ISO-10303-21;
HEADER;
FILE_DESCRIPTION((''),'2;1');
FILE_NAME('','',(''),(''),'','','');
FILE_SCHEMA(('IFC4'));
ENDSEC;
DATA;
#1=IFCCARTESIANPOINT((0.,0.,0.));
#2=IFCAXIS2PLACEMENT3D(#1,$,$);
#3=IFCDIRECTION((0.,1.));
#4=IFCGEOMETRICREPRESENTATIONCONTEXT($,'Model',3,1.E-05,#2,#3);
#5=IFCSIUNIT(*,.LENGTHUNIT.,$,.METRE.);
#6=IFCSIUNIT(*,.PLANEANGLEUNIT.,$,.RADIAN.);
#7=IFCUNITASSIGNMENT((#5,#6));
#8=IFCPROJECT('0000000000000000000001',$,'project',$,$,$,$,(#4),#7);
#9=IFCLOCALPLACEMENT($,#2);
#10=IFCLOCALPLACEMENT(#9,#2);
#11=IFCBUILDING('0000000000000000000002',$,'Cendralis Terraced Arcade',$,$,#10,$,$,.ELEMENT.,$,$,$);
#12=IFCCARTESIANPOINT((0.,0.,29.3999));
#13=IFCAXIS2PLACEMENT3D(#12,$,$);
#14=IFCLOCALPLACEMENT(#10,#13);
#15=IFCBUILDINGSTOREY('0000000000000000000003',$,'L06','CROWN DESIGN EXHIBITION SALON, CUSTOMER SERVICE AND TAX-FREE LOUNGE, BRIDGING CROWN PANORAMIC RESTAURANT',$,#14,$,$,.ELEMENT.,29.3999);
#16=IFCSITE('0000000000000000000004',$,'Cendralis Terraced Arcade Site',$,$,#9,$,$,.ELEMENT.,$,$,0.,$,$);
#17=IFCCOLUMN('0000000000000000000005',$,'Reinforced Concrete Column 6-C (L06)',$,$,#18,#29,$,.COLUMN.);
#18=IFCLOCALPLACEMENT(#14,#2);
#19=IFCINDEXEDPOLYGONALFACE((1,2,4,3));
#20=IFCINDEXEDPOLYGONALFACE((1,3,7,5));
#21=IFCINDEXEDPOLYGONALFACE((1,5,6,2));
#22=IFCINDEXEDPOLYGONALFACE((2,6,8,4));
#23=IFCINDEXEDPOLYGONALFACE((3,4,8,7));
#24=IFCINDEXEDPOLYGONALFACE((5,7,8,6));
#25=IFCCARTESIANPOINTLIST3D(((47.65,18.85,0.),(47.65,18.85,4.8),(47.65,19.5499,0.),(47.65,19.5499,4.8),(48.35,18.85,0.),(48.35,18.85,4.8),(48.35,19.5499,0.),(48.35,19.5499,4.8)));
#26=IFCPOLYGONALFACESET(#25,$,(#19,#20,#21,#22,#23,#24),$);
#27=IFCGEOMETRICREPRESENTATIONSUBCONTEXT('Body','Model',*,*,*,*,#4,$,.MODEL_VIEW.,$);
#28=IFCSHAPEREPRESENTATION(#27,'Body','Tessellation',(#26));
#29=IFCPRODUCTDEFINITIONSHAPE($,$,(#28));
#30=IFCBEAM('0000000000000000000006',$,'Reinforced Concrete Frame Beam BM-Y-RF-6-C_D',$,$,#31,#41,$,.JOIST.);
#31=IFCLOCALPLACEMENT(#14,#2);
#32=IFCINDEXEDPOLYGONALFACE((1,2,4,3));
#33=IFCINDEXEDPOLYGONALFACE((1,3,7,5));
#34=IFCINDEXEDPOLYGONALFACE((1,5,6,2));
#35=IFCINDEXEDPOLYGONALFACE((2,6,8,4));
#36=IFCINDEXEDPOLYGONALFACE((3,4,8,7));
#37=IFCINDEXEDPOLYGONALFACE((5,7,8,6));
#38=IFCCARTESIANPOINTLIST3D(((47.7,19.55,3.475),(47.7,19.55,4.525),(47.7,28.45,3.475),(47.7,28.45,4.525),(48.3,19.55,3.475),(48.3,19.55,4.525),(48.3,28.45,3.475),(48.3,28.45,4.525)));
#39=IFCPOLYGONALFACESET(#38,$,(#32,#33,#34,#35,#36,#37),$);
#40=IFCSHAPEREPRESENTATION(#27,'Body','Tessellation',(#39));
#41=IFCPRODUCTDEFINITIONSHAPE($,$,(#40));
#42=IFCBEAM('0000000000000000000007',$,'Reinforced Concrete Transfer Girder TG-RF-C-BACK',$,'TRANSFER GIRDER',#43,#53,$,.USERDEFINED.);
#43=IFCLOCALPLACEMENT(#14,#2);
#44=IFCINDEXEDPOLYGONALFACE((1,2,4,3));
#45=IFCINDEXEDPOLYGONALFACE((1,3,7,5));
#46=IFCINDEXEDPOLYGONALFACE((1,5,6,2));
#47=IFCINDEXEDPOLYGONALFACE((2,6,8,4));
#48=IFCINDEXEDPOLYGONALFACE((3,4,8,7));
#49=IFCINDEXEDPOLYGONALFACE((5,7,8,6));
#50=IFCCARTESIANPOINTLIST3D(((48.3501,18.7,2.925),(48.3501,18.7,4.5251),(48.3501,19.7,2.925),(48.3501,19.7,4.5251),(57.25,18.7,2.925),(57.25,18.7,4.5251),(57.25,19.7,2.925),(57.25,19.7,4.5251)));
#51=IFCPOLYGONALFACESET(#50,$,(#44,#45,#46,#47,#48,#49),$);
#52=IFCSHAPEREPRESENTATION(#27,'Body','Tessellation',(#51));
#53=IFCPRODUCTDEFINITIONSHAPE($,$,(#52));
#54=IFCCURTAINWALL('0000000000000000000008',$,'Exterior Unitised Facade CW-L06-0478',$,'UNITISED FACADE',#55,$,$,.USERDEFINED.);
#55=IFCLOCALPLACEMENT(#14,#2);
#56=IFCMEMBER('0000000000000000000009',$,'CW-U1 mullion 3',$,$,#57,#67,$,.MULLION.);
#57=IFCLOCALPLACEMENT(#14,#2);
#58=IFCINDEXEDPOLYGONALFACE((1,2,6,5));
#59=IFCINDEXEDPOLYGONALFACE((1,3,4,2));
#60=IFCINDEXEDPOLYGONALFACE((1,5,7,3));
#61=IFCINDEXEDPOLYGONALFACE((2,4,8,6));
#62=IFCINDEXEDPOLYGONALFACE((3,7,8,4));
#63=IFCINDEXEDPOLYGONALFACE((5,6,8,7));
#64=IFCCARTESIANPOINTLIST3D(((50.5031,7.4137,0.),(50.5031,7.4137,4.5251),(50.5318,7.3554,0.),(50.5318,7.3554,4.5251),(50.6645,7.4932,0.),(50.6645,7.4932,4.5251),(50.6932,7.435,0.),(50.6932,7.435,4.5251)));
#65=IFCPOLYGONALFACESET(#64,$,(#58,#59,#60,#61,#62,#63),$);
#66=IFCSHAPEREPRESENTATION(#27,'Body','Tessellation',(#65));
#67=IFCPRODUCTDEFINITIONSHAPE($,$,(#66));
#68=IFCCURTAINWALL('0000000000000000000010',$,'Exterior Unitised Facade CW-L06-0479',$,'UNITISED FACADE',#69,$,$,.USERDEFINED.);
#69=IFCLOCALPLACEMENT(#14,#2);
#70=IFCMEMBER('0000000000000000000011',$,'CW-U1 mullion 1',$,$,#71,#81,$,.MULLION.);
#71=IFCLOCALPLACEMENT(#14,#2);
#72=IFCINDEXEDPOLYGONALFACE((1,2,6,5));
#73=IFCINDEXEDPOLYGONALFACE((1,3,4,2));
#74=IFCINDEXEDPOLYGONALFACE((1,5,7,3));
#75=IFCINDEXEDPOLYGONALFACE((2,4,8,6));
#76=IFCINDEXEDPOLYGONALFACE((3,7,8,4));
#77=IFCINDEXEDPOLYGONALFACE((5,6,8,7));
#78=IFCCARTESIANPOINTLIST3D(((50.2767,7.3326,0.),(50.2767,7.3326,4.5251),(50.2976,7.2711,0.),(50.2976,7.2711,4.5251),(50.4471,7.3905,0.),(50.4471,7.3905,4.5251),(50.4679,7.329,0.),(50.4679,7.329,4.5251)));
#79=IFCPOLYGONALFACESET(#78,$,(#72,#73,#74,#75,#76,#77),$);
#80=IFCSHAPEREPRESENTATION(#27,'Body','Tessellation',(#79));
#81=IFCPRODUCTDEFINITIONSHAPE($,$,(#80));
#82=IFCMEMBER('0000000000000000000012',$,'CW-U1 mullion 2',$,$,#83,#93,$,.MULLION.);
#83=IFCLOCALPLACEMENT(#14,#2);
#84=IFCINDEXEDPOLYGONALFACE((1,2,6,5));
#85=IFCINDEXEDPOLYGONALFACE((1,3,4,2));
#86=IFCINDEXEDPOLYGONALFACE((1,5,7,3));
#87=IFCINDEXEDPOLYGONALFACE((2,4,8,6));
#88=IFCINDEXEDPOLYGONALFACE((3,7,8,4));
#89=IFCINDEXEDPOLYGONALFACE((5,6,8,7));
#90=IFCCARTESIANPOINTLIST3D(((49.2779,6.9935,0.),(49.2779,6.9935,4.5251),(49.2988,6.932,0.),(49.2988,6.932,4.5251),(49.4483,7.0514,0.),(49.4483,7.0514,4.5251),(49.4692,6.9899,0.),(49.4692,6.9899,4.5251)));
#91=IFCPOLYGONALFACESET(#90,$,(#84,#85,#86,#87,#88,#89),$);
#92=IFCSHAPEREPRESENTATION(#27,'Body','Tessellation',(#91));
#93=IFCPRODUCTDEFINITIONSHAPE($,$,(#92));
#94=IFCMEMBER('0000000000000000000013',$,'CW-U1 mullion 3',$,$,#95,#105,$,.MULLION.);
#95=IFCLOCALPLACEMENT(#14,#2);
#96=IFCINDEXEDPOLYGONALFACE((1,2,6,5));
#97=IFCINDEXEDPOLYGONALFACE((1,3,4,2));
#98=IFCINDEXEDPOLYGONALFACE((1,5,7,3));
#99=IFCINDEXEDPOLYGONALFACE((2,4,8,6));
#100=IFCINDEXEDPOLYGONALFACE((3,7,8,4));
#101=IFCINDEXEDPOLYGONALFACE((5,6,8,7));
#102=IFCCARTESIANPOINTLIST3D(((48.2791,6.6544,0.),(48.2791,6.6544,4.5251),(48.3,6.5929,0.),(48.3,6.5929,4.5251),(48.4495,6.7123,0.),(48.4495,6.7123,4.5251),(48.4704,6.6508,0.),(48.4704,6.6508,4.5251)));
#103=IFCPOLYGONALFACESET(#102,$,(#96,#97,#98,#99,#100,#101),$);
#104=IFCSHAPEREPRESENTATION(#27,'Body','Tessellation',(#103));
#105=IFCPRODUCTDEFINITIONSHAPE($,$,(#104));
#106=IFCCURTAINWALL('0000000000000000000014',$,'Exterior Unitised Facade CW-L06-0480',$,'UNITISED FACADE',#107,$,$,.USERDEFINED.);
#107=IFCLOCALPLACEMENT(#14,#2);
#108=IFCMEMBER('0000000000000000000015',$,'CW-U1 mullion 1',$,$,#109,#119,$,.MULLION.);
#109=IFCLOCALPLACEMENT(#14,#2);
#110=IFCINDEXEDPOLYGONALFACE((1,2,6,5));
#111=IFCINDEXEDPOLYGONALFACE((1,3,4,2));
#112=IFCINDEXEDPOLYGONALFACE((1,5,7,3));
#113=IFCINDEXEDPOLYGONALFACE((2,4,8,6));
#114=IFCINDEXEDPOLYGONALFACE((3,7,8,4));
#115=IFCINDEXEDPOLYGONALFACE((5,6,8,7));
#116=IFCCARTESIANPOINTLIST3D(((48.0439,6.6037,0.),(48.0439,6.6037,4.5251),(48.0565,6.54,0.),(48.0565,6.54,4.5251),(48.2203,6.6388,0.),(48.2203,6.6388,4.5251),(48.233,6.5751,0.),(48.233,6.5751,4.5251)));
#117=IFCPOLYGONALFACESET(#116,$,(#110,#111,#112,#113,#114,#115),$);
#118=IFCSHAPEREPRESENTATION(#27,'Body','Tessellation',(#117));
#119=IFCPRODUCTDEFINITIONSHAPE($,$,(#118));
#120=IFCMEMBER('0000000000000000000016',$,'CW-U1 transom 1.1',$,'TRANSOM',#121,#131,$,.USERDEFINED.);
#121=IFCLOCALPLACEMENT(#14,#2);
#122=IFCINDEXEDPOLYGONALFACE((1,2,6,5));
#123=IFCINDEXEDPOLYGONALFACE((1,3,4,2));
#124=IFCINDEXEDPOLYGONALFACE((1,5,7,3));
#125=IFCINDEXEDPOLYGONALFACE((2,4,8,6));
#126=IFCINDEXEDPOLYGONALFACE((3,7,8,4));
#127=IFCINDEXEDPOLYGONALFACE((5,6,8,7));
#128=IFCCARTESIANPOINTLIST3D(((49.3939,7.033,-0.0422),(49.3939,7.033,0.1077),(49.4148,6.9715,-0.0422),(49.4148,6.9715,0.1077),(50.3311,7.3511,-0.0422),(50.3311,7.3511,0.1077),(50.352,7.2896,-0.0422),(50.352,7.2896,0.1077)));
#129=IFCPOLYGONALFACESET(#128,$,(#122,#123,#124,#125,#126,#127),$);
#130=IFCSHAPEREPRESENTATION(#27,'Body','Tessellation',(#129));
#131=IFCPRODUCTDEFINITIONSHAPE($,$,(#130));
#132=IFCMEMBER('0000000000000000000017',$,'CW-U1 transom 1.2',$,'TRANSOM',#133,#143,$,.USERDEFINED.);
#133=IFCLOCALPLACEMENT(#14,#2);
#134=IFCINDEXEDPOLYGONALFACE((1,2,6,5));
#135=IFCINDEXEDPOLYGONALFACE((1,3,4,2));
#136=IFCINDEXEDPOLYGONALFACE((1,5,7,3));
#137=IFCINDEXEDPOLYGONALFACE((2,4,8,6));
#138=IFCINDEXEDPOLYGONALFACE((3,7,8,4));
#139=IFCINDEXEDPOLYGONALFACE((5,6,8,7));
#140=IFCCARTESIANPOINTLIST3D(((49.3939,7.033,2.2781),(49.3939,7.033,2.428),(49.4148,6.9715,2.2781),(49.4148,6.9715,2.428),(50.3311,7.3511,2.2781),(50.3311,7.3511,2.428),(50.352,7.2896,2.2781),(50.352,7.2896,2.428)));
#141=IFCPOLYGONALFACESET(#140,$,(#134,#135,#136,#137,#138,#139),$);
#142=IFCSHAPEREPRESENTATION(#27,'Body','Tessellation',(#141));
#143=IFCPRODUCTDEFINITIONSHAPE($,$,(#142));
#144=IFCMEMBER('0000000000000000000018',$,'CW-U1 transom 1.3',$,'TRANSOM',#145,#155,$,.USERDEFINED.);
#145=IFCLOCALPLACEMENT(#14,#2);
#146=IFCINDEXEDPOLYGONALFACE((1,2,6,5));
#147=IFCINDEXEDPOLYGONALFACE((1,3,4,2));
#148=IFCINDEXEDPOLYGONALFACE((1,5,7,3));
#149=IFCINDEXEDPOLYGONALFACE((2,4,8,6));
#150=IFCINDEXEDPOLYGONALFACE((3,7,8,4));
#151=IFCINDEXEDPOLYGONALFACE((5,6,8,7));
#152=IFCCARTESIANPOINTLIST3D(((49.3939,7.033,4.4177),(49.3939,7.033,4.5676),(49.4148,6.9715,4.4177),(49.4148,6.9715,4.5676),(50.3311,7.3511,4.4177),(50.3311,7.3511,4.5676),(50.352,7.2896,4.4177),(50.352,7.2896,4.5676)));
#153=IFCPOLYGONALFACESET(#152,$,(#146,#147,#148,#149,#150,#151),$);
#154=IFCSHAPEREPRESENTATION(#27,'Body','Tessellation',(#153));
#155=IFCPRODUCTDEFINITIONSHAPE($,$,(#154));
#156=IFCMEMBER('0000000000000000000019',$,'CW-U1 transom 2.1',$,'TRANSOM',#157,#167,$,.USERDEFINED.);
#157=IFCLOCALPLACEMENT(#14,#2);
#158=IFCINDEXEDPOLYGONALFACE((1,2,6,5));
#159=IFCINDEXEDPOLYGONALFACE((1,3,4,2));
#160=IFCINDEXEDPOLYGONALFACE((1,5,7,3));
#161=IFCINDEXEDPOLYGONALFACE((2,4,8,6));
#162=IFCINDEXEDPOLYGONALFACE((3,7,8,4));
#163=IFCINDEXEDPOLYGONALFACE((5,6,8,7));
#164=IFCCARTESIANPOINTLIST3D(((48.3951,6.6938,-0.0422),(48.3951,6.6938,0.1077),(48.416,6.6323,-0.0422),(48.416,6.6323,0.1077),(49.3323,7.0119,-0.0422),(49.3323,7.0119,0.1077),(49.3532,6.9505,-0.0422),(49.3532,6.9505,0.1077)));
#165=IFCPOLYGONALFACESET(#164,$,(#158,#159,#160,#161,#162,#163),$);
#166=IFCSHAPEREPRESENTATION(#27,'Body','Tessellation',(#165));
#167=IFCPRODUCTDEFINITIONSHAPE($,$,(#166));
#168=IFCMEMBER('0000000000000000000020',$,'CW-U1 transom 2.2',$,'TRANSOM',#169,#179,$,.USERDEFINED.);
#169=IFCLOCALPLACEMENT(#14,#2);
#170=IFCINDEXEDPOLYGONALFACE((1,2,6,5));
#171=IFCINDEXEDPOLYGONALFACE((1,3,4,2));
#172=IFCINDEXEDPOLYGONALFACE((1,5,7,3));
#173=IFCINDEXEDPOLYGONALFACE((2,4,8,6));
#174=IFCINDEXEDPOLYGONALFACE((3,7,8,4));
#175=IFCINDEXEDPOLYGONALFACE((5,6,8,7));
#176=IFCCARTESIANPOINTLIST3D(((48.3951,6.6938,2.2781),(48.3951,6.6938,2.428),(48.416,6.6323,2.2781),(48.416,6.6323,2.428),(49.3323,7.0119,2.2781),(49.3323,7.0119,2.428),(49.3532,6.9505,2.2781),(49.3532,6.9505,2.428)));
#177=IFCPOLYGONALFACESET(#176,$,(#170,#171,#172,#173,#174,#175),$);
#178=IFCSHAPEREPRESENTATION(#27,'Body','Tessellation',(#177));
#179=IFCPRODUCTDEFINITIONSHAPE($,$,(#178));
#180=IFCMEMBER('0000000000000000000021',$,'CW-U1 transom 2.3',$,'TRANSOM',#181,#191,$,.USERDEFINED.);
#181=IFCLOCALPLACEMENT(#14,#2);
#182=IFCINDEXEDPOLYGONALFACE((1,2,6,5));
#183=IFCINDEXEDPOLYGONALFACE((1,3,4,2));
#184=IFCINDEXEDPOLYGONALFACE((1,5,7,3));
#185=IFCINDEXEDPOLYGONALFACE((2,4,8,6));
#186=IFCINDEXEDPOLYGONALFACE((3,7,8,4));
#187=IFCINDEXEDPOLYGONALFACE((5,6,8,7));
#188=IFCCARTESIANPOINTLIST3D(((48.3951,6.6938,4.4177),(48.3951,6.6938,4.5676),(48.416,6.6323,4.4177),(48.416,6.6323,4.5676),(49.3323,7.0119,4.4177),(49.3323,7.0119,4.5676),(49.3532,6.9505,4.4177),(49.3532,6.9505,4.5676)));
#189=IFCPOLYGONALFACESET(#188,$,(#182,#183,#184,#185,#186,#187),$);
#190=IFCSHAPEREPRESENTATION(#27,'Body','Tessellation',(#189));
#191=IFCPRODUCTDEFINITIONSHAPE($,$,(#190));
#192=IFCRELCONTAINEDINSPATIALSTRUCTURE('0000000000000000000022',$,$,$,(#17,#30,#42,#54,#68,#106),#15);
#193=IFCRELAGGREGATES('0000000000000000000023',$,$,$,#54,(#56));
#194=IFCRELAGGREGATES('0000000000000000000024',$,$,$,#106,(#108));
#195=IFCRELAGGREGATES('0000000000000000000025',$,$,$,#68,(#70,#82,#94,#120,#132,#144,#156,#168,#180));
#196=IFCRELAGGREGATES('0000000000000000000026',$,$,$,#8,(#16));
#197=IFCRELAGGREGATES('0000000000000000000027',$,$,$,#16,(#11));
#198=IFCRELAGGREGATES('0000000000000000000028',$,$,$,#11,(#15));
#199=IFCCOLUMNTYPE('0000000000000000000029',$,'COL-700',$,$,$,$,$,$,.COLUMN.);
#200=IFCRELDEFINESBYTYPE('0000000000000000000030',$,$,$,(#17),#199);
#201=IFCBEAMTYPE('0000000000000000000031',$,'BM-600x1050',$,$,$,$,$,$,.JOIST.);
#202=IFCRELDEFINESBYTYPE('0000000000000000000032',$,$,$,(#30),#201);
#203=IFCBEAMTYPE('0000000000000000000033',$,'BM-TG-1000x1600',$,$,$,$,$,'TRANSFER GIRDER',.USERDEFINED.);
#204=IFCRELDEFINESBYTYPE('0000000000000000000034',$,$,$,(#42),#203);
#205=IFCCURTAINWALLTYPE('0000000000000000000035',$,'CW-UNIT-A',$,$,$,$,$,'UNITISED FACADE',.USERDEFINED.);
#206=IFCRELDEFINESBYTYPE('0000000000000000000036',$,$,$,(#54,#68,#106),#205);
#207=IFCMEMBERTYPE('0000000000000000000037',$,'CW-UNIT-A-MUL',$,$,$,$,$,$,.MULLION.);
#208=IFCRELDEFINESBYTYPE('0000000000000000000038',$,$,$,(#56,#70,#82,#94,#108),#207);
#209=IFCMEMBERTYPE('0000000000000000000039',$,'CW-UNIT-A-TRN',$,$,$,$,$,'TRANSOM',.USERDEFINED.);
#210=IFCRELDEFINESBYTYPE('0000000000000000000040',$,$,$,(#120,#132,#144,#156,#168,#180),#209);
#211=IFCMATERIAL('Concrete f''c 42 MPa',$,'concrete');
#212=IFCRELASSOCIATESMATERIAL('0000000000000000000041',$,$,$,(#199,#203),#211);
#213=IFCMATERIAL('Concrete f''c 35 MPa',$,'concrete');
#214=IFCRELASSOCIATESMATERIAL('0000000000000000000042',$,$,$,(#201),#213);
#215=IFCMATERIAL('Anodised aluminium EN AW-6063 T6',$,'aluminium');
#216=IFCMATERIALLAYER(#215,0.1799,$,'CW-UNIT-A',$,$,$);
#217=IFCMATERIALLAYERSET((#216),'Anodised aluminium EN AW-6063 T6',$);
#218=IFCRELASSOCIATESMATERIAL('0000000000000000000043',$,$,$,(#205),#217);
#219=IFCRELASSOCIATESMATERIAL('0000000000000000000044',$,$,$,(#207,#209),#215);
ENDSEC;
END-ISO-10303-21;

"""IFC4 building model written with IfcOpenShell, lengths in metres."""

from ifc_helpers import new_model, si_unit, direction, frame, origin, origin_2d, place, context, subcontext, project, spatial, rectangle, extrude, material, layer, layer_set, material_profile, profile_set, type_object, element, aggregate, save


model = new_model("IFC4")

# Units and contexts
model_context = context("Model", 3, precision=1e-05, world=origin(), true_north=direction((0.0, 1.0)))
body_context = subcontext(model_context, "Body", "Model", "MODEL_VIEW")
ifc_project = project(units=[si_unit("LENGTHUNIT", "METRE"), si_unit("PLANEANGLEUNIT", "RADIAN")], contexts=[model_context])

# Site, building, storey
site_placement = place(None, origin())
site = spatial("IfcSite", under=ifc_project, at=site_placement, Name="Cendralis Terraced Arcade Site", CompositionType="ELEMENT", RefElevation=0.0)
building_placement = place(site_placement, origin())
building = spatial("IfcBuilding", under=site, at=building_placement, Name="Cendralis Terraced Arcade", CompositionType="ELEMENT")
storey_placement = place(building_placement, frame((0.0, 0.0, 29.3999)))
storey = spatial("IfcBuildingStorey", under=building, at=storey_placement, Name="L06", Description="CROWN DESIGN EXHIBITION SALON, CUSTOMER SERVICE AND TAX-FREE LOUNGE, BRIDGING CROWN PANORAMIC RESTAURANT", CompositionType="ELEMENT", Elevation=29.3999)

# Column
ifc_material_1 = material(Name="Concrete f'c 42 MPa", Category="concrete")
ifc_material_profile_1 = material_profile(ifc_material_1, rectangle(XDim=0.7, YDim=0.7, at=origin_2d()), Name="RC-COL-700x700", Category="LoadBearing")
ifc_profile_set_1 = profile_set([ifc_material_profile_1], Name="Concrete f'c 42 MPa")
column_type = type_object("IfcColumnType", Name="COL-700", PredefinedType="COLUMN", material=ifc_profile_set_1)
column_placement = place(storey_placement, frame((48.0, 19.2, 0.0), z_axis=(0.0, 0.0, 1.0), x_axis=(1.0, 0.0, 0.0)))
element("IfcColumn", 1, at=column_placement, inside=storey, type_object=column_type, Name="Reinforced Concrete Column 6-C (L06)", PredefinedType="COLUMN", context=body_context, shape_type="SweptSolid", body=[
    extrude(rectangle(XDim=0.7, YDim=0.7, at=origin_2d()), origin(), (0.0, 0.0, 1.0), 4.8),
])

# Beams
ifc_material_2 = material(Name="Concrete f'c 35 MPa", Category="concrete")
ifc_material_profile_2 = material_profile(ifc_material_2, rectangle(XDim=0.6001, YDim=1.05, at=origin_2d()), Name="RC-BM-600x1050", Category="LoadBearing")
ifc_profile_set_2 = profile_set([ifc_material_profile_2], Name="Concrete f'c 35 MPa")
beam_type_1 = type_object("IfcBeamType", Name="BM-600x1050", PredefinedType="JOIST", material=ifc_profile_set_2)
beam_1_placement = place(storey_placement, frame((48.0, 19.55, 4.0), z_axis=(0.0, 1.0, 0.0), x_axis=(-1.0, 0.0, 0.0)))
element("IfcBeam", 2, at=beam_1_placement, inside=storey, type_object=beam_type_1, Name="Reinforced Concrete Frame Beam BM-Y-RF-6-C_D", PredefinedType="JOIST", context=body_context, shape_type="SweptSolid", body=[
    extrude(rectangle(XDim=0.6001, YDim=1.05, at=origin_2d()), origin(), (0.0, 0.0, 1.0), 8.8999),
])
ifc_material_profile_3 = material_profile(ifc_material_1, rectangle(XDim=1.0, YDim=1.6001, at=origin_2d()), Name="RC-TG-1000x1600", Category="LoadBearing")
ifc_profile_set_3 = profile_set([ifc_material_profile_3], Name="Concrete f'c 42 MPa")
beam_type_2 = type_object("IfcBeamType", Name="BM-TG-1000x1600", ElementType="TRANSFER GIRDER", PredefinedType="USERDEFINED", material=ifc_profile_set_3)
beam_2_placement = place(storey_placement, frame((48.3501, 19.2, 3.7251), z_axis=(1.0, 0.0, 0.0), x_axis=(0.0, 1.0, 0.0)))
element("IfcBeam", 3, at=beam_2_placement, inside=storey, type_object=beam_type_2, Name="Reinforced Concrete Transfer Girder TG-RF-C-BACK", ObjectType="TRANSFER GIRDER", PredefinedType="USERDEFINED", context=body_context, shape_type="SweptSolid", body=[
    extrude(rectangle(XDim=1.0, YDim=1.6001, at=origin_2d()), origin(), (0.0, 0.0, 1.0), 8.8999),
])

# Curtain wall, member
ifc_material_3 = material(Name="Anodised aluminium EN AW-6063 T6", Category="aluminium")
ifc_layer_1 = layer(ifc_material_3, 0.1799, Name="CW-UNIT-A")
ifc_layer_set_1 = layer_set([ifc_layer_1], Name="Anodised aluminium EN AW-6063 T6")
curtain_wall_type = type_object("IfcCurtainWallType", Name="CW-UNIT-A", ElementType="UNITISED FACADE", PredefinedType="USERDEFINED", material=ifc_layer_set_1)
curtain_wall_1_placement = place(storey_placement, origin())
curtain_wall_1 = element("IfcCurtainWall", 4, at=curtain_wall_1_placement, inside=storey, type_object=curtain_wall_type, Name="Exterior Unitised Facade CW-L06-0478", ObjectType="UNITISED FACADE", PredefinedType="USERDEFINED")
ifc_material_profile_4 = material_profile(ifc_material_3, rectangle(XDim=0.0649, YDim=0.1799, at=origin_2d()), Name="ALU-MUL-65x180")
ifc_profile_set_4 = profile_set([ifc_material_profile_4], Name="Anodised aluminium EN AW-6063 T6")
member_type_1 = type_object("IfcMemberType", Name="CW-UNIT-A-MUL", PredefinedType="MULLION", material=ifc_profile_set_4)
member_1_placement = place(storey_placement, frame((50.5981, 7.4243, 0.0), z_axis=(0.0, 0.0, 1.0), x_axis=(0.442259, -0.896888, 0.0)))
member_1 = element("IfcMember", 5, at=member_1_placement, type_object=member_type_1, Name="CW-U1 mullion 3", PredefinedType="MULLION", context=body_context, shape_type="SweptSolid", body=[
    extrude(rectangle(XDim=0.0649, YDim=0.1799, at=origin_2d()), origin(), (0.0, 0.0, 1.0), 4.5251),
])
aggregate(curtain_wall_1, [member_1])

# Curtain wall, members
curtain_wall_2_placement = place(storey_placement, origin())
curtain_wall_2 = element("IfcCurtainWall", 6, at=curtain_wall_2_placement, inside=storey, type_object=curtain_wall_type, Name="Exterior Unitised Facade CW-L06-0479", ObjectType="UNITISED FACADE", PredefinedType="USERDEFINED")
member_2_placement = place(storey_placement, frame((50.3723, 7.3308, 0.0), z_axis=(0.0, 0.0, 1.0), x_axis=(0.321479, -0.946917, 0.0)))
member_2 = element("IfcMember", 7, at=member_2_placement, type_object=member_type_1, Name="CW-U1 mullion 1", PredefinedType="MULLION", context=body_context, shape_type="SweptSolid", body=[
    extrude(rectangle(XDim=0.0649, YDim=0.1799, at=origin_2d()), origin(), (0.0, 0.0, 1.0), 4.5251),
])
member_3_placement = place(storey_placement, frame((49.3735, 6.9917, 0.0), z_axis=(0.0, 0.0, 1.0), x_axis=(0.321479, -0.946917, 0.0)))
member_3 = element("IfcMember", 8, at=member_3_placement, type_object=member_type_1, Name="CW-U1 mullion 2", PredefinedType="MULLION", context=body_context, shape_type="SweptSolid", body=[
    extrude(rectangle(XDim=0.0649, YDim=0.1799, at=origin_2d()), origin(), (0.0, 0.0, 1.0), 4.5251),
])
member_4_placement = place(storey_placement, frame((48.3748, 6.6526, 0.0), z_axis=(0.0, 0.0, 1.0), x_axis=(0.321479, -0.946917, 0.0)))
member_4 = element("IfcMember", 9, at=member_4_placement, type_object=member_type_1, Name="CW-U1 mullion 3", PredefinedType="MULLION", context=body_context, shape_type="SweptSolid", body=[
    extrude(rectangle(XDim=0.0649, YDim=0.1799, at=origin_2d()), origin(), (0.0, 0.0, 1.0), 4.5251),
])

# Curtain wall, member
curtain_wall_3_placement = place(storey_placement, origin())
curtain_wall_3 = element("IfcCurtainWall", 10, at=curtain_wall_3_placement, inside=storey, type_object=curtain_wall_type, Name="Exterior Unitised Facade CW-L06-0480", ObjectType="UNITISED FACADE", PredefinedType="USERDEFINED")
member_5_placement = place(storey_placement, frame((48.1384, 6.5894, 0.0), z_axis=(0.0, 0.0, 1.0), x_axis=(0.195046, -0.980794, 0.0)))
member_5 = element("IfcMember", 11, at=member_5_placement, type_object=member_type_1, Name="CW-U1 mullion 1", PredefinedType="MULLION", context=body_context, shape_type="SweptSolid", body=[
    extrude(rectangle(XDim=0.0649, YDim=0.1799, at=origin_2d()), origin(), (0.0, 0.0, 1.0), 4.5251),
])

# Members
ifc_material_profile_5 = material_profile(ifc_material_3, rectangle(XDim=0.0649, YDim=0.1499, at=origin_2d()), Name="ALU-TRN-65x150")
ifc_profile_set_5 = profile_set([ifc_material_profile_5], Name="Anodised aluminium EN AW-6063 T6")
member_type_2 = type_object("IfcMemberType", Name="CW-UNIT-A-TRN", ElementType="TRANSOM", PredefinedType="USERDEFINED", material=ifc_profile_set_5)
member_6_placement = place(storey_placement, frame((50.3416, 7.3203, 0.0327), z_axis=(-0.946943, -0.321403, 0.0), x_axis=(0.321403, -0.946943, 0.0)))
member_6 = element("IfcMember", 12, at=member_6_placement, type_object=member_type_2, Name="CW-U1 transom 1.1", ObjectType="TRANSOM", PredefinedType="USERDEFINED", context=body_context, shape_type="SweptSolid", body=[
    extrude(rectangle(XDim=0.0649, YDim=0.1499, at=origin_2d()), origin(), (0.0, 0.0, 1.0), 0.9897),
])
member_7_placement = place(storey_placement, frame((50.3416, 7.3203, 2.353), z_axis=(-0.946943, -0.321403, 0.0), x_axis=(0.321403, -0.946943, 0.0)))
member_7 = element("IfcMember", 13, at=member_7_placement, type_object=member_type_2, Name="CW-U1 transom 1.2", ObjectType="TRANSOM", PredefinedType="USERDEFINED", context=body_context, shape_type="SweptSolid", body=[
    extrude(rectangle(XDim=0.0649, YDim=0.1499, at=origin_2d()), origin(), (0.0, 0.0, 1.0), 0.9897),
])
member_8_placement = place(storey_placement, frame((50.3416, 7.3203, 4.4927), z_axis=(-0.946943, -0.321403, 0.0), x_axis=(0.321403, -0.946943, 0.0)))
member_8 = element("IfcMember", 14, at=member_8_placement, type_object=member_type_2, Name="CW-U1 transom 1.3", ObjectType="TRANSOM", PredefinedType="USERDEFINED", context=body_context, shape_type="SweptSolid", body=[
    extrude(rectangle(XDim=0.0649, YDim=0.1499, at=origin_2d()), origin(), (0.0, 0.0, 1.0), 0.9897),
])
member_9_placement = place(storey_placement, frame((49.3428, 6.9812, 0.0327), z_axis=(-0.946943, -0.321403, 0.0), x_axis=(0.321403, -0.946943, 0.0)))
member_9 = element("IfcMember", 15, at=member_9_placement, type_object=member_type_2, Name="CW-U1 transom 2.1", ObjectType="TRANSOM", PredefinedType="USERDEFINED", context=body_context, shape_type="SweptSolid", body=[
    extrude(rectangle(XDim=0.0649, YDim=0.1499, at=origin_2d()), origin(), (0.0, 0.0, 1.0), 0.9897),
])
member_10_placement = place(storey_placement, frame((49.3428, 6.9812, 2.353), z_axis=(-0.946943, -0.321403, 0.0), x_axis=(0.321403, -0.946943, 0.0)))
member_10 = element("IfcMember", 16, at=member_10_placement, type_object=member_type_2, Name="CW-U1 transom 2.2", ObjectType="TRANSOM", PredefinedType="USERDEFINED", context=body_context, shape_type="SweptSolid", body=[
    extrude(rectangle(XDim=0.0649, YDim=0.1499, at=origin_2d()), origin(), (0.0, 0.0, 1.0), 0.9897),
])
member_11_placement = place(storey_placement, frame((49.3428, 6.9812, 4.4927), z_axis=(-0.946943, -0.321403, 0.0), x_axis=(0.321403, -0.946943, 0.0)))
member_11 = element("IfcMember", 17, at=member_11_placement, type_object=member_type_2, Name="CW-U1 transom 2.3", ObjectType="TRANSOM", PredefinedType="USERDEFINED", context=body_context, shape_type="SweptSolid", body=[
    extrude(rectangle(XDim=0.0649, YDim=0.1499, at=origin_2d()), origin(), (0.0, 0.0, 1.0), 0.9897),
])
aggregate(curtain_wall_3, [member_5])

aggregate(curtain_wall_2, [member_2, member_3, member_4, member_6, member_7, member_8, member_9, member_10, member_11])

save(model, "model.ifc")
